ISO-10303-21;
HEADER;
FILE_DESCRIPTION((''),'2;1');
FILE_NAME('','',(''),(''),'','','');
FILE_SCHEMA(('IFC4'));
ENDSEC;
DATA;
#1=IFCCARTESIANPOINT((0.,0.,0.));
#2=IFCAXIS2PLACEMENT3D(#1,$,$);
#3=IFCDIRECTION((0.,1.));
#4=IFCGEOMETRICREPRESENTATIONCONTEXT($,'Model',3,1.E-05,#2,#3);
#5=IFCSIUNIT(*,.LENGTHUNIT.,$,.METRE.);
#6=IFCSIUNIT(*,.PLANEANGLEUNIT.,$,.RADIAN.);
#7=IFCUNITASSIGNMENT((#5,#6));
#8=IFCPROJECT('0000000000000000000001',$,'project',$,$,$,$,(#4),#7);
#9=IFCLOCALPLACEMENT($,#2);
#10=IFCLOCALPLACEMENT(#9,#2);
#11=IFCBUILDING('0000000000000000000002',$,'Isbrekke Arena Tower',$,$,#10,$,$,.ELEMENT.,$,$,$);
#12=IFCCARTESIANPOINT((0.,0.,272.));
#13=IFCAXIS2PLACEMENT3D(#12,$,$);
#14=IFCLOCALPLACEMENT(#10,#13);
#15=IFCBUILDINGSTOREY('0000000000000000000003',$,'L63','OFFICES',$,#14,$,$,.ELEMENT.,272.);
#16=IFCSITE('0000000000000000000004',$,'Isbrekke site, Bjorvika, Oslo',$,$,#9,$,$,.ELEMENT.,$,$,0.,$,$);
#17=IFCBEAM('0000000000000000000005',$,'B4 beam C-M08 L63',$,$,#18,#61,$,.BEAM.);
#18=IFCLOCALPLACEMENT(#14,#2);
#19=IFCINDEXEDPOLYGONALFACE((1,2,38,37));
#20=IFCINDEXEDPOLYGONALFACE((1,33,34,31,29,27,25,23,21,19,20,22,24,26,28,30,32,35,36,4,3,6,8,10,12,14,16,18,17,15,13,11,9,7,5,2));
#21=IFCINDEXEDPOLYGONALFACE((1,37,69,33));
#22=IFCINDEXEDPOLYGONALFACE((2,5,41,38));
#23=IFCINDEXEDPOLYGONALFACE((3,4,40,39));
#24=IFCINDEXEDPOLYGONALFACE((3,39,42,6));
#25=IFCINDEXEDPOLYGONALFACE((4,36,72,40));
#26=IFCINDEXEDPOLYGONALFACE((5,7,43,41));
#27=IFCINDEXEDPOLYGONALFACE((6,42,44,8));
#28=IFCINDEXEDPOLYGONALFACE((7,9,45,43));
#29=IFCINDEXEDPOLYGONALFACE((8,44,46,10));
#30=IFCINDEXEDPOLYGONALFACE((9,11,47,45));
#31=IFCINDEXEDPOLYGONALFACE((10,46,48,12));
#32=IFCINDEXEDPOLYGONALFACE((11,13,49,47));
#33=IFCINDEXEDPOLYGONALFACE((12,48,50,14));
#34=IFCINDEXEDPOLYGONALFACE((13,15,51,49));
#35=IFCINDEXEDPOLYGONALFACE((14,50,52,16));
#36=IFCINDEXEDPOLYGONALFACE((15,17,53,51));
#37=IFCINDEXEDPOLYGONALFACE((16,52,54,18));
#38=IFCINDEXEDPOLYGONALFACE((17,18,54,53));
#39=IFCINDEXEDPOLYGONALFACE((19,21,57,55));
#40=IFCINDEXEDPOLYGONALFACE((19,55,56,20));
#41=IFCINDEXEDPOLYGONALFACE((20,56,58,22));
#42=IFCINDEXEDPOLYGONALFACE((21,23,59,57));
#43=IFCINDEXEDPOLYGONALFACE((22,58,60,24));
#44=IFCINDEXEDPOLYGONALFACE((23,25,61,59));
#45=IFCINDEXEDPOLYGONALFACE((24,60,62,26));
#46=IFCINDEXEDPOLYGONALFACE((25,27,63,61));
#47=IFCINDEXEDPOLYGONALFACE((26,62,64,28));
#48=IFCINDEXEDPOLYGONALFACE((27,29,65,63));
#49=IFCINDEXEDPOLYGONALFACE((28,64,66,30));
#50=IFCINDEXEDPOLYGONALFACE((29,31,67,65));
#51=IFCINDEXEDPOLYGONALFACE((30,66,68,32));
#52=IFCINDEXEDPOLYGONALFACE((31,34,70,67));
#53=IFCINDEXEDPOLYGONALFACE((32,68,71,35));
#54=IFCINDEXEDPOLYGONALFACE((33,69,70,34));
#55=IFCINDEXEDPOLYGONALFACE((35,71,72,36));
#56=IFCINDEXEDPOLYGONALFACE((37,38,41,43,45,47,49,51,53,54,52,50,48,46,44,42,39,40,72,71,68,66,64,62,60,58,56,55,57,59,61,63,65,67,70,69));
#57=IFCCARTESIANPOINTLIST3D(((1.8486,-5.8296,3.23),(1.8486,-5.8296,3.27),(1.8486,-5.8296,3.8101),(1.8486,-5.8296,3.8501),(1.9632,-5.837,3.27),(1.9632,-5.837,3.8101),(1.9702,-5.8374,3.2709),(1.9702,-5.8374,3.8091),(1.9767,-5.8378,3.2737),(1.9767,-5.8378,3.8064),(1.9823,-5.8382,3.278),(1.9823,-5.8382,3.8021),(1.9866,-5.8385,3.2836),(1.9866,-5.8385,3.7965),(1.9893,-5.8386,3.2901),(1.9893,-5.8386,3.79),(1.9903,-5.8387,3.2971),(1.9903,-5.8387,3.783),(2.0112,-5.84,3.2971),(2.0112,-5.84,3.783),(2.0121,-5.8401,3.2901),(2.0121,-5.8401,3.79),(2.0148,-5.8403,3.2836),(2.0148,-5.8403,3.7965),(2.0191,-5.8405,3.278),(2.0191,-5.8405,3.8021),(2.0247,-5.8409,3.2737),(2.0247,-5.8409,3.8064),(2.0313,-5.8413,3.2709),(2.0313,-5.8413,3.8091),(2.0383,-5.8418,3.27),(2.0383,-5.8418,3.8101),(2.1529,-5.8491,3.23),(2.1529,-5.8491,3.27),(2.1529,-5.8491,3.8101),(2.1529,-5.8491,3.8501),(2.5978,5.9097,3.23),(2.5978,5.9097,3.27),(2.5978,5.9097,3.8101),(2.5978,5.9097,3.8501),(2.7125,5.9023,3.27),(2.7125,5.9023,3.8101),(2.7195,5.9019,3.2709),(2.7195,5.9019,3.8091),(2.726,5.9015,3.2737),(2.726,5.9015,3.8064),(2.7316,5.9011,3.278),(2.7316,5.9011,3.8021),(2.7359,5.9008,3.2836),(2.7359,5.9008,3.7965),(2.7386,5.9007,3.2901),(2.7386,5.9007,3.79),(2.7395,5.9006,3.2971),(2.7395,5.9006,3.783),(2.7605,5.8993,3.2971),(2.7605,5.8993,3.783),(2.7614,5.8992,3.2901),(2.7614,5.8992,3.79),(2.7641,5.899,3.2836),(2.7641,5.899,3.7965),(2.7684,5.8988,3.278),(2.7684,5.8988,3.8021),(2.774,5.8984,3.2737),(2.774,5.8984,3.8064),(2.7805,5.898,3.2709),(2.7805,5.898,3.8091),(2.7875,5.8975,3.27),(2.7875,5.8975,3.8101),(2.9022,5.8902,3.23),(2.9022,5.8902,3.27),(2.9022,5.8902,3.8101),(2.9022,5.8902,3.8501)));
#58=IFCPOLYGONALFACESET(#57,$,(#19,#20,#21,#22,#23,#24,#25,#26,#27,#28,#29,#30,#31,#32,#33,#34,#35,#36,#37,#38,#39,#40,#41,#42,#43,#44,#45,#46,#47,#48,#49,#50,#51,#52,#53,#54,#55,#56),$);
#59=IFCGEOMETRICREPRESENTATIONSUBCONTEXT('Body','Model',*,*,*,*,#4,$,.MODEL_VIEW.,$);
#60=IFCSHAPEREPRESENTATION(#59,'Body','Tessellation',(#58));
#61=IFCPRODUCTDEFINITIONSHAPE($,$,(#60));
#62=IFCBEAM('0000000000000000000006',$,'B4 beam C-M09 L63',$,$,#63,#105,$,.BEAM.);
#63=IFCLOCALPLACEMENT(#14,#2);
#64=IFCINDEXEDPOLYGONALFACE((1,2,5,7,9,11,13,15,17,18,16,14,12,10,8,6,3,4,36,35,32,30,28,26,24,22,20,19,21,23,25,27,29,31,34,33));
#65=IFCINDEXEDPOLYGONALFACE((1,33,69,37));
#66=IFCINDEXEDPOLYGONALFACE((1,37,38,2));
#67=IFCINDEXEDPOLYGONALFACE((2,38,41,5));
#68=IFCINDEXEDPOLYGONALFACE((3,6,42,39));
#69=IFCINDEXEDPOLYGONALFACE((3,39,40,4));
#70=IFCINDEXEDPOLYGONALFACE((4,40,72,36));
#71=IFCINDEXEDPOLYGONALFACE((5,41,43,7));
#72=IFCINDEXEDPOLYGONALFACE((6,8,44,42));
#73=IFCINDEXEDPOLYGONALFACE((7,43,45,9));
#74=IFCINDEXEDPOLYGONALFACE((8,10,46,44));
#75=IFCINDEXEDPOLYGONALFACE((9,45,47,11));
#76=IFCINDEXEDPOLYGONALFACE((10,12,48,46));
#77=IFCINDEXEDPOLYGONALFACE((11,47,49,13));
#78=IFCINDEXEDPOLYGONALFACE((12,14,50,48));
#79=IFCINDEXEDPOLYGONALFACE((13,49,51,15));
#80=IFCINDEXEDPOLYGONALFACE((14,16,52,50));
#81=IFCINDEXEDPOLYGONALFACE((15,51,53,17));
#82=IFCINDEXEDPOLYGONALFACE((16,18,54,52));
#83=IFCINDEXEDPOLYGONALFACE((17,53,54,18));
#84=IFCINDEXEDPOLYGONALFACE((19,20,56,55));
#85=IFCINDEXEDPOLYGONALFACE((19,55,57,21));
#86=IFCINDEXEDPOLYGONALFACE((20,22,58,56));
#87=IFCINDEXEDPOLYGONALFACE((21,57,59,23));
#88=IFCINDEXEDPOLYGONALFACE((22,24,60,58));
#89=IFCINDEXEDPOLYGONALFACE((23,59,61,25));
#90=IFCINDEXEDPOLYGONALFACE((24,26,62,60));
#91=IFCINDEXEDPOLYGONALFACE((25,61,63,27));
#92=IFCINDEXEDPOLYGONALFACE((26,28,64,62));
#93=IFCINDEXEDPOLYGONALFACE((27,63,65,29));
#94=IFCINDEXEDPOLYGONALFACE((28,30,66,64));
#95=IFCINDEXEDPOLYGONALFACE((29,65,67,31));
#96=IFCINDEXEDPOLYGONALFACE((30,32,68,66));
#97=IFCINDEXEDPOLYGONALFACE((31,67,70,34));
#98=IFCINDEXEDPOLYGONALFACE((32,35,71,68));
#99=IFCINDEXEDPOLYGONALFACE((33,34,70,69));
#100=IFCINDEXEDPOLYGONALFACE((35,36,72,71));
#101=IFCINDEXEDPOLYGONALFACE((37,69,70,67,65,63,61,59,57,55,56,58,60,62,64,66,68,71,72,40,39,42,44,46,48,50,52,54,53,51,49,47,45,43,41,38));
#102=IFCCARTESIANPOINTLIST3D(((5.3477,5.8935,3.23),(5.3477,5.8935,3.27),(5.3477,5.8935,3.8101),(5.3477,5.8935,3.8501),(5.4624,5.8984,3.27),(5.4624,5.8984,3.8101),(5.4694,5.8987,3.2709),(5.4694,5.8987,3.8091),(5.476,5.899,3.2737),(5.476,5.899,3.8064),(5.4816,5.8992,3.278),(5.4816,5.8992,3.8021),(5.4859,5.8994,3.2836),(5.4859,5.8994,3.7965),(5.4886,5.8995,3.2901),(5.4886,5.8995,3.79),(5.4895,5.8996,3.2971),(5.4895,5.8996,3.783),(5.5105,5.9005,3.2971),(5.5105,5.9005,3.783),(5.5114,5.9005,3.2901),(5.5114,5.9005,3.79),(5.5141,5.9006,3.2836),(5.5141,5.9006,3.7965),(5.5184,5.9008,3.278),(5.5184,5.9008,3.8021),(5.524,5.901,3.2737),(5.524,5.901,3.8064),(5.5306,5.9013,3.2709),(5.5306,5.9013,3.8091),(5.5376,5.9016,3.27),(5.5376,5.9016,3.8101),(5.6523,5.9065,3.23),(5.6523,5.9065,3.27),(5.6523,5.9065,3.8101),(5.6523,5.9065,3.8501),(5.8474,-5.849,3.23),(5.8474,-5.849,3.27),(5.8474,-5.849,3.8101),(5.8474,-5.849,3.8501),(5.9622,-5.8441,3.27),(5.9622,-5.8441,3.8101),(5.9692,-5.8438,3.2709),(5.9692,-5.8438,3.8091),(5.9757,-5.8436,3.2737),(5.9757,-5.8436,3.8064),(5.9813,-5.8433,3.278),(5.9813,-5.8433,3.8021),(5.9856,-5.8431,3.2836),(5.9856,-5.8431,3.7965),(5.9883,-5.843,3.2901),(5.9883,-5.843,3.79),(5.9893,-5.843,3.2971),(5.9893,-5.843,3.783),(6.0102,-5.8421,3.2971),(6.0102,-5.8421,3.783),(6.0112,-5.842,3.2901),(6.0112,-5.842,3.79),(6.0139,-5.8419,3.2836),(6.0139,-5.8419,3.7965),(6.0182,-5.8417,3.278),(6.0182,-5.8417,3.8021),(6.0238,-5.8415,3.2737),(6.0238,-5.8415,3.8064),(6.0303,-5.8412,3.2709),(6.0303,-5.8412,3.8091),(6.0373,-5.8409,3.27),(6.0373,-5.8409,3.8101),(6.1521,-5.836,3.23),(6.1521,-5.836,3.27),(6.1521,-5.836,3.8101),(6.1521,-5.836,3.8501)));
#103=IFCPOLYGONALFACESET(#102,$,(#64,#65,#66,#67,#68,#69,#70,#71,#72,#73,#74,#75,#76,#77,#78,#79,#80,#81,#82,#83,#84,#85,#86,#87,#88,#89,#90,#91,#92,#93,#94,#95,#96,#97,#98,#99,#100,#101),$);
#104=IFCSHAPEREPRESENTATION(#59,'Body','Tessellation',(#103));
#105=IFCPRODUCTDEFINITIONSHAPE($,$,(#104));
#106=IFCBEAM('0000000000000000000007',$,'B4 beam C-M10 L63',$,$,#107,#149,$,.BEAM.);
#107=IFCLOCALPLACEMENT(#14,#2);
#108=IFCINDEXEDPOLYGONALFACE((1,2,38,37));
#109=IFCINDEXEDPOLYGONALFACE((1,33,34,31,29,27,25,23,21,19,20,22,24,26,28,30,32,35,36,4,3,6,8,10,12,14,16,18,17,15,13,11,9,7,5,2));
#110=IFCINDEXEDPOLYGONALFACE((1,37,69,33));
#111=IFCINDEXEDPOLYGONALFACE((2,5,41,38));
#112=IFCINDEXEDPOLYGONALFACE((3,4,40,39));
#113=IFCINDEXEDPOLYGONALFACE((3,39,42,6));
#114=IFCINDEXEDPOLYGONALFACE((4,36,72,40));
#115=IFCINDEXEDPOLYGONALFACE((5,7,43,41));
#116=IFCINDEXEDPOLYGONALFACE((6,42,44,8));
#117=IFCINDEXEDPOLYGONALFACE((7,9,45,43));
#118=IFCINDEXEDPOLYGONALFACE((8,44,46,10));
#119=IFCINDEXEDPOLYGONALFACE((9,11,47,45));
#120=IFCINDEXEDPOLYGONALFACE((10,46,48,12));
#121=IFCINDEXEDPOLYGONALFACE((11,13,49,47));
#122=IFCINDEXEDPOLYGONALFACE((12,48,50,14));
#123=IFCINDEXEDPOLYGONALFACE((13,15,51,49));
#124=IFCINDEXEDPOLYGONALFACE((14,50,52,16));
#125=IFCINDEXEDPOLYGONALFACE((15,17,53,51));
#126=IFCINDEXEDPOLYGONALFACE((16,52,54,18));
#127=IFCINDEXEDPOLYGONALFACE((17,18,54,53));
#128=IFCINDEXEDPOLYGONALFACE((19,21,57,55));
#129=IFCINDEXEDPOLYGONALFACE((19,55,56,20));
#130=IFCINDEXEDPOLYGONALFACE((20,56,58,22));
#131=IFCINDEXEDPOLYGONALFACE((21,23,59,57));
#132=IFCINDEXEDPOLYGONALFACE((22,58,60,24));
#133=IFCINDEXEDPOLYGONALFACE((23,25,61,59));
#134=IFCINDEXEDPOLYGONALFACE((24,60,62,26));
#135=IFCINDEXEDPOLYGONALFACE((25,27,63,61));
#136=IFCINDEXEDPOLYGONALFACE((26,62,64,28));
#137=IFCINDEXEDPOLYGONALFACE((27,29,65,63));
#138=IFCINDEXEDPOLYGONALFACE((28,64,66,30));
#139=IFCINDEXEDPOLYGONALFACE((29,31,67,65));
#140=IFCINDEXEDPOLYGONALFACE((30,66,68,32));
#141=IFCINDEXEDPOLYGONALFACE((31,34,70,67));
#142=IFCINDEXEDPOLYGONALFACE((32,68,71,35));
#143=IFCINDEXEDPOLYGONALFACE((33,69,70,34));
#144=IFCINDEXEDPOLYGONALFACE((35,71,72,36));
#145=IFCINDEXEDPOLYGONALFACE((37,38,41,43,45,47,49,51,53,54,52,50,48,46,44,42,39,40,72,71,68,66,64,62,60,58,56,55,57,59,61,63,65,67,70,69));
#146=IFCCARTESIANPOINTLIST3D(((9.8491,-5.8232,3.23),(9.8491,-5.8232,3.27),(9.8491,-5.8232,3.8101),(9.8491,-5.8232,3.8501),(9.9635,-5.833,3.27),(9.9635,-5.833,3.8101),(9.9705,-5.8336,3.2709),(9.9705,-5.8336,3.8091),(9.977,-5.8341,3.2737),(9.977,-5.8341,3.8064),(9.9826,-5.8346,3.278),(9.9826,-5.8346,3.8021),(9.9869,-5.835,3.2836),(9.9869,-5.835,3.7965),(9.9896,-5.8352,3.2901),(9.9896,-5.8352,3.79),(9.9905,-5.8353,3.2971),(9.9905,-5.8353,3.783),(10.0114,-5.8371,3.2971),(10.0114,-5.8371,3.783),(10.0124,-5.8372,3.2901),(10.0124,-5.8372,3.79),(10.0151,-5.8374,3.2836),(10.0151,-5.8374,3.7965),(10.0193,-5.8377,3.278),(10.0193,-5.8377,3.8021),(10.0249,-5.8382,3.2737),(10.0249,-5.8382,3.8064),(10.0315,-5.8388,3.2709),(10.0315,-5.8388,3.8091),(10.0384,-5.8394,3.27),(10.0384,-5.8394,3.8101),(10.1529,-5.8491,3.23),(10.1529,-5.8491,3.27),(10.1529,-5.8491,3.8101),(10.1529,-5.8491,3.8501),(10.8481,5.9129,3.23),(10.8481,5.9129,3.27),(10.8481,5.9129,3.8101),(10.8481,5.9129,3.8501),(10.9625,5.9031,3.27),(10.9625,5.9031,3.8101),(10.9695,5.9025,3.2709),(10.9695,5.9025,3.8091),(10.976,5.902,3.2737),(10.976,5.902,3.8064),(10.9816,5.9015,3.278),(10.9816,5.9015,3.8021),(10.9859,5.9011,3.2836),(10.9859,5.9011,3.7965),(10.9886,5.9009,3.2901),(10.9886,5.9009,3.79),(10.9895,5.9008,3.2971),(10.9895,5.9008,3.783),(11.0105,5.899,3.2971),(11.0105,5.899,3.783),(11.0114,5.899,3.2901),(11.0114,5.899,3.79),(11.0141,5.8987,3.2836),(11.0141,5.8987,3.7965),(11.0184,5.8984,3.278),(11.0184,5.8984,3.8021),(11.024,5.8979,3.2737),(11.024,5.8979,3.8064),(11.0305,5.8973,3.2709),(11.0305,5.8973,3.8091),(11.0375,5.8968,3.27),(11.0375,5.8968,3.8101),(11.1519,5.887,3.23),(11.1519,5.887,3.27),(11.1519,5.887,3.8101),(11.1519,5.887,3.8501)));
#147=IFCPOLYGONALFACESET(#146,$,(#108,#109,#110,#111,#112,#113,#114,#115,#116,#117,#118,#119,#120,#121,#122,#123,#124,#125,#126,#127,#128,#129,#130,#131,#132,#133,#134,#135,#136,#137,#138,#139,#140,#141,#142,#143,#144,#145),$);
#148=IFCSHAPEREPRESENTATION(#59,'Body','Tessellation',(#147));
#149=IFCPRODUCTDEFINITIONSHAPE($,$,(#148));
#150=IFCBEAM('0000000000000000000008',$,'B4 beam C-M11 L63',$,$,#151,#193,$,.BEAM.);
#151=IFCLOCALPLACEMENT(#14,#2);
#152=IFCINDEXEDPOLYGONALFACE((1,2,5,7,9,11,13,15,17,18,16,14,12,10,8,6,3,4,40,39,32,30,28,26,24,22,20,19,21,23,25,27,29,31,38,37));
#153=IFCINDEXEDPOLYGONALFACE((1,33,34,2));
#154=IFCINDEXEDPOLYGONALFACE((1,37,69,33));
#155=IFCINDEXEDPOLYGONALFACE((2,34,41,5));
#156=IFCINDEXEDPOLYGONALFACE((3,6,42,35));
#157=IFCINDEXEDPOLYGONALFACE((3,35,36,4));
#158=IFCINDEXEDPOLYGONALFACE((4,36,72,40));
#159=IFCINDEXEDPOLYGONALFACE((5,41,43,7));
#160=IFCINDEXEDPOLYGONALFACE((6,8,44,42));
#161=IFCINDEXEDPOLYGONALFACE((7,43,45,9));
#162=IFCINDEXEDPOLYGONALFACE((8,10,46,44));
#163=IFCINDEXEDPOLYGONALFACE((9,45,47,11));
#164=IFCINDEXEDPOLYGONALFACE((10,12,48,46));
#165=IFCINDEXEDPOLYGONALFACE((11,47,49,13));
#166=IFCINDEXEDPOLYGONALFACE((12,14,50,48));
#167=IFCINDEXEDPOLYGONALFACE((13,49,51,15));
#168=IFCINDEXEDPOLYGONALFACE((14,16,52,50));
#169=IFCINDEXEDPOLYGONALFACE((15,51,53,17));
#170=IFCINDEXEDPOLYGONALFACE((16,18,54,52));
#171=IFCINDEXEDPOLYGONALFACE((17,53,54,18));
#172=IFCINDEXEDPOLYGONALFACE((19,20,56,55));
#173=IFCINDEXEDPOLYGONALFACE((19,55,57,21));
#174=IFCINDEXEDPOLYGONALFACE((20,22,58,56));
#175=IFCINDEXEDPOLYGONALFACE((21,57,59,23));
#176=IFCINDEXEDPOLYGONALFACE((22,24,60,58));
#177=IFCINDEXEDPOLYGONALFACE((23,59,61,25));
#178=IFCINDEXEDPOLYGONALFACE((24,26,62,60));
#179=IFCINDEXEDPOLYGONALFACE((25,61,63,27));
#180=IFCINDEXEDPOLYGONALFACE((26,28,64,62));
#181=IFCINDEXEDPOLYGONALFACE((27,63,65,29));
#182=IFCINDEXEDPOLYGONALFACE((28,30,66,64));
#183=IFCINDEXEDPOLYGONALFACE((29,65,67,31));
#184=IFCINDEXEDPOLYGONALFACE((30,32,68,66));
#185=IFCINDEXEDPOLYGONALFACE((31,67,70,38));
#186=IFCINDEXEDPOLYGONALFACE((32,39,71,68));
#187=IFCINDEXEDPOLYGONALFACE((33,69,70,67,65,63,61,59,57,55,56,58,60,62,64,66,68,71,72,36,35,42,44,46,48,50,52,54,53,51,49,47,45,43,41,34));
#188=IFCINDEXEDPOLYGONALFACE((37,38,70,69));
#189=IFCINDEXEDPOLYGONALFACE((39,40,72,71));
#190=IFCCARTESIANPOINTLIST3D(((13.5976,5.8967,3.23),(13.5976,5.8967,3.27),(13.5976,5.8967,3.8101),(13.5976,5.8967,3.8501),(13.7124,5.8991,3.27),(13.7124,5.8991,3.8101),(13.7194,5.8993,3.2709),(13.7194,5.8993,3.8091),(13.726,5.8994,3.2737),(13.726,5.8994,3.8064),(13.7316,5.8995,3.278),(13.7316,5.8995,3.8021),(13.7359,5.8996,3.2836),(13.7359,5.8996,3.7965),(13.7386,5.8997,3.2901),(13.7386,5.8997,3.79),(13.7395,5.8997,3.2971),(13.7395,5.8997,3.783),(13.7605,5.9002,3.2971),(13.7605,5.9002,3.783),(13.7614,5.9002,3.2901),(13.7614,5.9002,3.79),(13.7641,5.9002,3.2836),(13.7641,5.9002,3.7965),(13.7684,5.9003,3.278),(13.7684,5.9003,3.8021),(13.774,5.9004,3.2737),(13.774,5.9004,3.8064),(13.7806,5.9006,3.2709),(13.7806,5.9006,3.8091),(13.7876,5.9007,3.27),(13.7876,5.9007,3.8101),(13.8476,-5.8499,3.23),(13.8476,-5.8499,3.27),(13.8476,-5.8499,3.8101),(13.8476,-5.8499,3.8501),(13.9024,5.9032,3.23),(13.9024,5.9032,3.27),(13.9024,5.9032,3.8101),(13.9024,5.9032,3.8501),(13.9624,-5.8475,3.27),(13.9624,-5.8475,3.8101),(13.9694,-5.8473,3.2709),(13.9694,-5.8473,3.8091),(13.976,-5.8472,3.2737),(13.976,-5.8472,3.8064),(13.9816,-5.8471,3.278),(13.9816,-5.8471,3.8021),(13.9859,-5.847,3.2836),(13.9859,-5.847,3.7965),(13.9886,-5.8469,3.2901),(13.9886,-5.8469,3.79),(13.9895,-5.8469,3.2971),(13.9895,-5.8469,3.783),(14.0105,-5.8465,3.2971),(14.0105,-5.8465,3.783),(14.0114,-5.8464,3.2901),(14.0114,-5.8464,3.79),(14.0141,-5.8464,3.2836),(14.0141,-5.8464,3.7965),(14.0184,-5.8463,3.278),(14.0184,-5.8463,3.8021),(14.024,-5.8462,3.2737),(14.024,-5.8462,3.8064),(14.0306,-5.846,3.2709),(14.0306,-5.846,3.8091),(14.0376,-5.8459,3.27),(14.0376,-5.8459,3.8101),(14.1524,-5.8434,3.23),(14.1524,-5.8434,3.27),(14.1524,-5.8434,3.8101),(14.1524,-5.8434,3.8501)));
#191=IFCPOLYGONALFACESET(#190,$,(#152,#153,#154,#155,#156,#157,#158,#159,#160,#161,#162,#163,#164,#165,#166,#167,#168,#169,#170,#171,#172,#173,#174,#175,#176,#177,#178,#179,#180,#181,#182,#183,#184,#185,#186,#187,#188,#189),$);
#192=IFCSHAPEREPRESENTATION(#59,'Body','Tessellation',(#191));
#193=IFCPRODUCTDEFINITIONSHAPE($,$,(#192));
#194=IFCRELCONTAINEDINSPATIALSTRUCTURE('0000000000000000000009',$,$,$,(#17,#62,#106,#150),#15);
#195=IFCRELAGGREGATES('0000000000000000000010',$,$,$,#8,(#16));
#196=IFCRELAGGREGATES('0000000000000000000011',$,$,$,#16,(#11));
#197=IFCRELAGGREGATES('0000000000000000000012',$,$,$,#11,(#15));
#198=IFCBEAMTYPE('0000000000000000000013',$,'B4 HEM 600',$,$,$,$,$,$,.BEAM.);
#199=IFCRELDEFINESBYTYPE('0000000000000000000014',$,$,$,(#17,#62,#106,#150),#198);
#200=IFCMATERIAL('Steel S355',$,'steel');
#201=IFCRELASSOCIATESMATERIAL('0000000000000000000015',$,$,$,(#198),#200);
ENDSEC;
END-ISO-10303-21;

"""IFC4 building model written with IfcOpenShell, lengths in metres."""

from ifc_helpers import new_model, si_unit, direction, frame, origin, origin_2d, place, context, subcontext, project, spatial, i_section, extrude, material, material_profile, profile_set, type_object, element, save


model = new_model("IFC4")

# Units and contexts
model_context = context("Model", 3, precision=1e-05, world=origin(), true_north=direction((0.0, 1.0)))
body_context = subcontext(model_context, "Body", "Model", "MODEL_VIEW")
ifc_project = project(units=[si_unit("LENGTHUNIT", "METRE"), si_unit("PLANEANGLEUNIT", "RADIAN")], contexts=[model_context])

# Site, building, storey
site_placement = place(None, origin())
site = spatial("IfcSite", under=ifc_project, at=site_placement, Name="Isbrekke site, Bjorvika, Oslo", CompositionType="ELEMENT", RefElevation=0.0)
building_placement = place(site_placement, origin())
building = spatial("IfcBuilding", under=site, at=building_placement, Name="Isbrekke Arena Tower", CompositionType="ELEMENT")
storey_placement = place(building_placement, frame((0.0, 0.0, 272.0)))
storey = spatial("IfcBuildingStorey", under=building, at=storey_placement, Name="L63", Description="OFFICES", CompositionType="ELEMENT", Elevation=272.0)

# Beams
ifc_material_1 = material(Name="Steel S355", Category="steel")
ifc_material_profile_1 = material_profile(ifc_material_1, i_section(OverallWidth=0.3049, OverallDepth=0.6201, WebThickness=0.021, FlangeThickness=0.04, FilletRadius=0.0271, at=origin_2d()), Name="HEM 600")
ifc_profile_set_1 = profile_set([ifc_material_profile_1], Name="Steel S355")
beam_type_1 = type_object("IfcBeamType", Name="B4 HEM 600", PredefinedType="BEAM", material=ifc_profile_set_1)
beam_1_placement = place(storey_placement, frame((2.0007, -5.8394, 3.54), z_axis=(0.063696, 0.997969, 0.0), x_axis=(-0.997969, 0.063696, 0.0)))
element("IfcBeam", 1, at=beam_1_placement, inside=storey, type_object=beam_type_1, Name="B4 beam C-M08 L63", PredefinedType="BEAM", context=body_context, shape_type="SweptSolid", body=[
    extrude(i_section(OverallWidth=0.3049, OverallDepth=0.6201, WebThickness=0.021, FlangeThickness=0.04, FilletRadius=0.0271, at=origin_2d()), origin(), (0.0, 0.0, 1.0), 11.7632),
])
beam_2_placement = place(storey_placement, frame((5.9998, -5.8425, 3.54), z_axis=(-0.042521, 0.999096, 0.0), x_axis=(-0.999096, -0.042521, 0.0)))
element("IfcBeam", 2, at=beam_2_placement, inside=storey, type_object=beam_type_1, Name="B4 beam C-M09 L63", PredefinedType="BEAM", context=body_context, shape_type="SweptSolid", body=[
    extrude(i_section(OverallWidth=0.3049, OverallDepth=0.6201, WebThickness=0.021, FlangeThickness=0.04, FilletRadius=0.0271, at=origin_2d()), origin(), (0.0, 0.0, 1.0), 11.7532),
])
beam_3_placement = place(storey_placement, frame((10.001, -5.8362, 3.54), z_axis=(0.084817, 0.996397, 0.0), x_axis=(-0.996397, 0.084817, 0.0)))
element("IfcBeam", 3, at=beam_3_placement, inside=storey, type_object=beam_type_1, Name="B4 beam C-M10 L63", PredefinedType="BEAM", context=body_context, shape_type="SweptSolid", body=[
    extrude(i_section(OverallWidth=0.3049, OverallDepth=0.6201, WebThickness=0.021, FlangeThickness=0.04, FilletRadius=0.0271, at=origin_2d()), origin(), (0.0, 0.0, 1.0), 11.7786),
])
beam_4_placement = place(storey_placement, frame((14.0, -5.8467, 3.54), z_axis=(-0.021278, 0.999774, 0.0), x_axis=(-0.999774, -0.021278, 0.0)))
element("IfcBeam", 4, at=beam_4_placement, inside=storey, type_object=beam_type_1, Name="B4 beam C-M11 L63", PredefinedType="BEAM", context=body_context, shape_type="SweptSolid", body=[
    extrude(i_section(OverallWidth=0.3049, OverallDepth=0.6201, WebThickness=0.021, FlangeThickness=0.04, FilletRadius=0.0271, at=origin_2d()), origin(), (0.0, 0.0, 1.0), 11.7493),
])

save(model, "model.ifc")
